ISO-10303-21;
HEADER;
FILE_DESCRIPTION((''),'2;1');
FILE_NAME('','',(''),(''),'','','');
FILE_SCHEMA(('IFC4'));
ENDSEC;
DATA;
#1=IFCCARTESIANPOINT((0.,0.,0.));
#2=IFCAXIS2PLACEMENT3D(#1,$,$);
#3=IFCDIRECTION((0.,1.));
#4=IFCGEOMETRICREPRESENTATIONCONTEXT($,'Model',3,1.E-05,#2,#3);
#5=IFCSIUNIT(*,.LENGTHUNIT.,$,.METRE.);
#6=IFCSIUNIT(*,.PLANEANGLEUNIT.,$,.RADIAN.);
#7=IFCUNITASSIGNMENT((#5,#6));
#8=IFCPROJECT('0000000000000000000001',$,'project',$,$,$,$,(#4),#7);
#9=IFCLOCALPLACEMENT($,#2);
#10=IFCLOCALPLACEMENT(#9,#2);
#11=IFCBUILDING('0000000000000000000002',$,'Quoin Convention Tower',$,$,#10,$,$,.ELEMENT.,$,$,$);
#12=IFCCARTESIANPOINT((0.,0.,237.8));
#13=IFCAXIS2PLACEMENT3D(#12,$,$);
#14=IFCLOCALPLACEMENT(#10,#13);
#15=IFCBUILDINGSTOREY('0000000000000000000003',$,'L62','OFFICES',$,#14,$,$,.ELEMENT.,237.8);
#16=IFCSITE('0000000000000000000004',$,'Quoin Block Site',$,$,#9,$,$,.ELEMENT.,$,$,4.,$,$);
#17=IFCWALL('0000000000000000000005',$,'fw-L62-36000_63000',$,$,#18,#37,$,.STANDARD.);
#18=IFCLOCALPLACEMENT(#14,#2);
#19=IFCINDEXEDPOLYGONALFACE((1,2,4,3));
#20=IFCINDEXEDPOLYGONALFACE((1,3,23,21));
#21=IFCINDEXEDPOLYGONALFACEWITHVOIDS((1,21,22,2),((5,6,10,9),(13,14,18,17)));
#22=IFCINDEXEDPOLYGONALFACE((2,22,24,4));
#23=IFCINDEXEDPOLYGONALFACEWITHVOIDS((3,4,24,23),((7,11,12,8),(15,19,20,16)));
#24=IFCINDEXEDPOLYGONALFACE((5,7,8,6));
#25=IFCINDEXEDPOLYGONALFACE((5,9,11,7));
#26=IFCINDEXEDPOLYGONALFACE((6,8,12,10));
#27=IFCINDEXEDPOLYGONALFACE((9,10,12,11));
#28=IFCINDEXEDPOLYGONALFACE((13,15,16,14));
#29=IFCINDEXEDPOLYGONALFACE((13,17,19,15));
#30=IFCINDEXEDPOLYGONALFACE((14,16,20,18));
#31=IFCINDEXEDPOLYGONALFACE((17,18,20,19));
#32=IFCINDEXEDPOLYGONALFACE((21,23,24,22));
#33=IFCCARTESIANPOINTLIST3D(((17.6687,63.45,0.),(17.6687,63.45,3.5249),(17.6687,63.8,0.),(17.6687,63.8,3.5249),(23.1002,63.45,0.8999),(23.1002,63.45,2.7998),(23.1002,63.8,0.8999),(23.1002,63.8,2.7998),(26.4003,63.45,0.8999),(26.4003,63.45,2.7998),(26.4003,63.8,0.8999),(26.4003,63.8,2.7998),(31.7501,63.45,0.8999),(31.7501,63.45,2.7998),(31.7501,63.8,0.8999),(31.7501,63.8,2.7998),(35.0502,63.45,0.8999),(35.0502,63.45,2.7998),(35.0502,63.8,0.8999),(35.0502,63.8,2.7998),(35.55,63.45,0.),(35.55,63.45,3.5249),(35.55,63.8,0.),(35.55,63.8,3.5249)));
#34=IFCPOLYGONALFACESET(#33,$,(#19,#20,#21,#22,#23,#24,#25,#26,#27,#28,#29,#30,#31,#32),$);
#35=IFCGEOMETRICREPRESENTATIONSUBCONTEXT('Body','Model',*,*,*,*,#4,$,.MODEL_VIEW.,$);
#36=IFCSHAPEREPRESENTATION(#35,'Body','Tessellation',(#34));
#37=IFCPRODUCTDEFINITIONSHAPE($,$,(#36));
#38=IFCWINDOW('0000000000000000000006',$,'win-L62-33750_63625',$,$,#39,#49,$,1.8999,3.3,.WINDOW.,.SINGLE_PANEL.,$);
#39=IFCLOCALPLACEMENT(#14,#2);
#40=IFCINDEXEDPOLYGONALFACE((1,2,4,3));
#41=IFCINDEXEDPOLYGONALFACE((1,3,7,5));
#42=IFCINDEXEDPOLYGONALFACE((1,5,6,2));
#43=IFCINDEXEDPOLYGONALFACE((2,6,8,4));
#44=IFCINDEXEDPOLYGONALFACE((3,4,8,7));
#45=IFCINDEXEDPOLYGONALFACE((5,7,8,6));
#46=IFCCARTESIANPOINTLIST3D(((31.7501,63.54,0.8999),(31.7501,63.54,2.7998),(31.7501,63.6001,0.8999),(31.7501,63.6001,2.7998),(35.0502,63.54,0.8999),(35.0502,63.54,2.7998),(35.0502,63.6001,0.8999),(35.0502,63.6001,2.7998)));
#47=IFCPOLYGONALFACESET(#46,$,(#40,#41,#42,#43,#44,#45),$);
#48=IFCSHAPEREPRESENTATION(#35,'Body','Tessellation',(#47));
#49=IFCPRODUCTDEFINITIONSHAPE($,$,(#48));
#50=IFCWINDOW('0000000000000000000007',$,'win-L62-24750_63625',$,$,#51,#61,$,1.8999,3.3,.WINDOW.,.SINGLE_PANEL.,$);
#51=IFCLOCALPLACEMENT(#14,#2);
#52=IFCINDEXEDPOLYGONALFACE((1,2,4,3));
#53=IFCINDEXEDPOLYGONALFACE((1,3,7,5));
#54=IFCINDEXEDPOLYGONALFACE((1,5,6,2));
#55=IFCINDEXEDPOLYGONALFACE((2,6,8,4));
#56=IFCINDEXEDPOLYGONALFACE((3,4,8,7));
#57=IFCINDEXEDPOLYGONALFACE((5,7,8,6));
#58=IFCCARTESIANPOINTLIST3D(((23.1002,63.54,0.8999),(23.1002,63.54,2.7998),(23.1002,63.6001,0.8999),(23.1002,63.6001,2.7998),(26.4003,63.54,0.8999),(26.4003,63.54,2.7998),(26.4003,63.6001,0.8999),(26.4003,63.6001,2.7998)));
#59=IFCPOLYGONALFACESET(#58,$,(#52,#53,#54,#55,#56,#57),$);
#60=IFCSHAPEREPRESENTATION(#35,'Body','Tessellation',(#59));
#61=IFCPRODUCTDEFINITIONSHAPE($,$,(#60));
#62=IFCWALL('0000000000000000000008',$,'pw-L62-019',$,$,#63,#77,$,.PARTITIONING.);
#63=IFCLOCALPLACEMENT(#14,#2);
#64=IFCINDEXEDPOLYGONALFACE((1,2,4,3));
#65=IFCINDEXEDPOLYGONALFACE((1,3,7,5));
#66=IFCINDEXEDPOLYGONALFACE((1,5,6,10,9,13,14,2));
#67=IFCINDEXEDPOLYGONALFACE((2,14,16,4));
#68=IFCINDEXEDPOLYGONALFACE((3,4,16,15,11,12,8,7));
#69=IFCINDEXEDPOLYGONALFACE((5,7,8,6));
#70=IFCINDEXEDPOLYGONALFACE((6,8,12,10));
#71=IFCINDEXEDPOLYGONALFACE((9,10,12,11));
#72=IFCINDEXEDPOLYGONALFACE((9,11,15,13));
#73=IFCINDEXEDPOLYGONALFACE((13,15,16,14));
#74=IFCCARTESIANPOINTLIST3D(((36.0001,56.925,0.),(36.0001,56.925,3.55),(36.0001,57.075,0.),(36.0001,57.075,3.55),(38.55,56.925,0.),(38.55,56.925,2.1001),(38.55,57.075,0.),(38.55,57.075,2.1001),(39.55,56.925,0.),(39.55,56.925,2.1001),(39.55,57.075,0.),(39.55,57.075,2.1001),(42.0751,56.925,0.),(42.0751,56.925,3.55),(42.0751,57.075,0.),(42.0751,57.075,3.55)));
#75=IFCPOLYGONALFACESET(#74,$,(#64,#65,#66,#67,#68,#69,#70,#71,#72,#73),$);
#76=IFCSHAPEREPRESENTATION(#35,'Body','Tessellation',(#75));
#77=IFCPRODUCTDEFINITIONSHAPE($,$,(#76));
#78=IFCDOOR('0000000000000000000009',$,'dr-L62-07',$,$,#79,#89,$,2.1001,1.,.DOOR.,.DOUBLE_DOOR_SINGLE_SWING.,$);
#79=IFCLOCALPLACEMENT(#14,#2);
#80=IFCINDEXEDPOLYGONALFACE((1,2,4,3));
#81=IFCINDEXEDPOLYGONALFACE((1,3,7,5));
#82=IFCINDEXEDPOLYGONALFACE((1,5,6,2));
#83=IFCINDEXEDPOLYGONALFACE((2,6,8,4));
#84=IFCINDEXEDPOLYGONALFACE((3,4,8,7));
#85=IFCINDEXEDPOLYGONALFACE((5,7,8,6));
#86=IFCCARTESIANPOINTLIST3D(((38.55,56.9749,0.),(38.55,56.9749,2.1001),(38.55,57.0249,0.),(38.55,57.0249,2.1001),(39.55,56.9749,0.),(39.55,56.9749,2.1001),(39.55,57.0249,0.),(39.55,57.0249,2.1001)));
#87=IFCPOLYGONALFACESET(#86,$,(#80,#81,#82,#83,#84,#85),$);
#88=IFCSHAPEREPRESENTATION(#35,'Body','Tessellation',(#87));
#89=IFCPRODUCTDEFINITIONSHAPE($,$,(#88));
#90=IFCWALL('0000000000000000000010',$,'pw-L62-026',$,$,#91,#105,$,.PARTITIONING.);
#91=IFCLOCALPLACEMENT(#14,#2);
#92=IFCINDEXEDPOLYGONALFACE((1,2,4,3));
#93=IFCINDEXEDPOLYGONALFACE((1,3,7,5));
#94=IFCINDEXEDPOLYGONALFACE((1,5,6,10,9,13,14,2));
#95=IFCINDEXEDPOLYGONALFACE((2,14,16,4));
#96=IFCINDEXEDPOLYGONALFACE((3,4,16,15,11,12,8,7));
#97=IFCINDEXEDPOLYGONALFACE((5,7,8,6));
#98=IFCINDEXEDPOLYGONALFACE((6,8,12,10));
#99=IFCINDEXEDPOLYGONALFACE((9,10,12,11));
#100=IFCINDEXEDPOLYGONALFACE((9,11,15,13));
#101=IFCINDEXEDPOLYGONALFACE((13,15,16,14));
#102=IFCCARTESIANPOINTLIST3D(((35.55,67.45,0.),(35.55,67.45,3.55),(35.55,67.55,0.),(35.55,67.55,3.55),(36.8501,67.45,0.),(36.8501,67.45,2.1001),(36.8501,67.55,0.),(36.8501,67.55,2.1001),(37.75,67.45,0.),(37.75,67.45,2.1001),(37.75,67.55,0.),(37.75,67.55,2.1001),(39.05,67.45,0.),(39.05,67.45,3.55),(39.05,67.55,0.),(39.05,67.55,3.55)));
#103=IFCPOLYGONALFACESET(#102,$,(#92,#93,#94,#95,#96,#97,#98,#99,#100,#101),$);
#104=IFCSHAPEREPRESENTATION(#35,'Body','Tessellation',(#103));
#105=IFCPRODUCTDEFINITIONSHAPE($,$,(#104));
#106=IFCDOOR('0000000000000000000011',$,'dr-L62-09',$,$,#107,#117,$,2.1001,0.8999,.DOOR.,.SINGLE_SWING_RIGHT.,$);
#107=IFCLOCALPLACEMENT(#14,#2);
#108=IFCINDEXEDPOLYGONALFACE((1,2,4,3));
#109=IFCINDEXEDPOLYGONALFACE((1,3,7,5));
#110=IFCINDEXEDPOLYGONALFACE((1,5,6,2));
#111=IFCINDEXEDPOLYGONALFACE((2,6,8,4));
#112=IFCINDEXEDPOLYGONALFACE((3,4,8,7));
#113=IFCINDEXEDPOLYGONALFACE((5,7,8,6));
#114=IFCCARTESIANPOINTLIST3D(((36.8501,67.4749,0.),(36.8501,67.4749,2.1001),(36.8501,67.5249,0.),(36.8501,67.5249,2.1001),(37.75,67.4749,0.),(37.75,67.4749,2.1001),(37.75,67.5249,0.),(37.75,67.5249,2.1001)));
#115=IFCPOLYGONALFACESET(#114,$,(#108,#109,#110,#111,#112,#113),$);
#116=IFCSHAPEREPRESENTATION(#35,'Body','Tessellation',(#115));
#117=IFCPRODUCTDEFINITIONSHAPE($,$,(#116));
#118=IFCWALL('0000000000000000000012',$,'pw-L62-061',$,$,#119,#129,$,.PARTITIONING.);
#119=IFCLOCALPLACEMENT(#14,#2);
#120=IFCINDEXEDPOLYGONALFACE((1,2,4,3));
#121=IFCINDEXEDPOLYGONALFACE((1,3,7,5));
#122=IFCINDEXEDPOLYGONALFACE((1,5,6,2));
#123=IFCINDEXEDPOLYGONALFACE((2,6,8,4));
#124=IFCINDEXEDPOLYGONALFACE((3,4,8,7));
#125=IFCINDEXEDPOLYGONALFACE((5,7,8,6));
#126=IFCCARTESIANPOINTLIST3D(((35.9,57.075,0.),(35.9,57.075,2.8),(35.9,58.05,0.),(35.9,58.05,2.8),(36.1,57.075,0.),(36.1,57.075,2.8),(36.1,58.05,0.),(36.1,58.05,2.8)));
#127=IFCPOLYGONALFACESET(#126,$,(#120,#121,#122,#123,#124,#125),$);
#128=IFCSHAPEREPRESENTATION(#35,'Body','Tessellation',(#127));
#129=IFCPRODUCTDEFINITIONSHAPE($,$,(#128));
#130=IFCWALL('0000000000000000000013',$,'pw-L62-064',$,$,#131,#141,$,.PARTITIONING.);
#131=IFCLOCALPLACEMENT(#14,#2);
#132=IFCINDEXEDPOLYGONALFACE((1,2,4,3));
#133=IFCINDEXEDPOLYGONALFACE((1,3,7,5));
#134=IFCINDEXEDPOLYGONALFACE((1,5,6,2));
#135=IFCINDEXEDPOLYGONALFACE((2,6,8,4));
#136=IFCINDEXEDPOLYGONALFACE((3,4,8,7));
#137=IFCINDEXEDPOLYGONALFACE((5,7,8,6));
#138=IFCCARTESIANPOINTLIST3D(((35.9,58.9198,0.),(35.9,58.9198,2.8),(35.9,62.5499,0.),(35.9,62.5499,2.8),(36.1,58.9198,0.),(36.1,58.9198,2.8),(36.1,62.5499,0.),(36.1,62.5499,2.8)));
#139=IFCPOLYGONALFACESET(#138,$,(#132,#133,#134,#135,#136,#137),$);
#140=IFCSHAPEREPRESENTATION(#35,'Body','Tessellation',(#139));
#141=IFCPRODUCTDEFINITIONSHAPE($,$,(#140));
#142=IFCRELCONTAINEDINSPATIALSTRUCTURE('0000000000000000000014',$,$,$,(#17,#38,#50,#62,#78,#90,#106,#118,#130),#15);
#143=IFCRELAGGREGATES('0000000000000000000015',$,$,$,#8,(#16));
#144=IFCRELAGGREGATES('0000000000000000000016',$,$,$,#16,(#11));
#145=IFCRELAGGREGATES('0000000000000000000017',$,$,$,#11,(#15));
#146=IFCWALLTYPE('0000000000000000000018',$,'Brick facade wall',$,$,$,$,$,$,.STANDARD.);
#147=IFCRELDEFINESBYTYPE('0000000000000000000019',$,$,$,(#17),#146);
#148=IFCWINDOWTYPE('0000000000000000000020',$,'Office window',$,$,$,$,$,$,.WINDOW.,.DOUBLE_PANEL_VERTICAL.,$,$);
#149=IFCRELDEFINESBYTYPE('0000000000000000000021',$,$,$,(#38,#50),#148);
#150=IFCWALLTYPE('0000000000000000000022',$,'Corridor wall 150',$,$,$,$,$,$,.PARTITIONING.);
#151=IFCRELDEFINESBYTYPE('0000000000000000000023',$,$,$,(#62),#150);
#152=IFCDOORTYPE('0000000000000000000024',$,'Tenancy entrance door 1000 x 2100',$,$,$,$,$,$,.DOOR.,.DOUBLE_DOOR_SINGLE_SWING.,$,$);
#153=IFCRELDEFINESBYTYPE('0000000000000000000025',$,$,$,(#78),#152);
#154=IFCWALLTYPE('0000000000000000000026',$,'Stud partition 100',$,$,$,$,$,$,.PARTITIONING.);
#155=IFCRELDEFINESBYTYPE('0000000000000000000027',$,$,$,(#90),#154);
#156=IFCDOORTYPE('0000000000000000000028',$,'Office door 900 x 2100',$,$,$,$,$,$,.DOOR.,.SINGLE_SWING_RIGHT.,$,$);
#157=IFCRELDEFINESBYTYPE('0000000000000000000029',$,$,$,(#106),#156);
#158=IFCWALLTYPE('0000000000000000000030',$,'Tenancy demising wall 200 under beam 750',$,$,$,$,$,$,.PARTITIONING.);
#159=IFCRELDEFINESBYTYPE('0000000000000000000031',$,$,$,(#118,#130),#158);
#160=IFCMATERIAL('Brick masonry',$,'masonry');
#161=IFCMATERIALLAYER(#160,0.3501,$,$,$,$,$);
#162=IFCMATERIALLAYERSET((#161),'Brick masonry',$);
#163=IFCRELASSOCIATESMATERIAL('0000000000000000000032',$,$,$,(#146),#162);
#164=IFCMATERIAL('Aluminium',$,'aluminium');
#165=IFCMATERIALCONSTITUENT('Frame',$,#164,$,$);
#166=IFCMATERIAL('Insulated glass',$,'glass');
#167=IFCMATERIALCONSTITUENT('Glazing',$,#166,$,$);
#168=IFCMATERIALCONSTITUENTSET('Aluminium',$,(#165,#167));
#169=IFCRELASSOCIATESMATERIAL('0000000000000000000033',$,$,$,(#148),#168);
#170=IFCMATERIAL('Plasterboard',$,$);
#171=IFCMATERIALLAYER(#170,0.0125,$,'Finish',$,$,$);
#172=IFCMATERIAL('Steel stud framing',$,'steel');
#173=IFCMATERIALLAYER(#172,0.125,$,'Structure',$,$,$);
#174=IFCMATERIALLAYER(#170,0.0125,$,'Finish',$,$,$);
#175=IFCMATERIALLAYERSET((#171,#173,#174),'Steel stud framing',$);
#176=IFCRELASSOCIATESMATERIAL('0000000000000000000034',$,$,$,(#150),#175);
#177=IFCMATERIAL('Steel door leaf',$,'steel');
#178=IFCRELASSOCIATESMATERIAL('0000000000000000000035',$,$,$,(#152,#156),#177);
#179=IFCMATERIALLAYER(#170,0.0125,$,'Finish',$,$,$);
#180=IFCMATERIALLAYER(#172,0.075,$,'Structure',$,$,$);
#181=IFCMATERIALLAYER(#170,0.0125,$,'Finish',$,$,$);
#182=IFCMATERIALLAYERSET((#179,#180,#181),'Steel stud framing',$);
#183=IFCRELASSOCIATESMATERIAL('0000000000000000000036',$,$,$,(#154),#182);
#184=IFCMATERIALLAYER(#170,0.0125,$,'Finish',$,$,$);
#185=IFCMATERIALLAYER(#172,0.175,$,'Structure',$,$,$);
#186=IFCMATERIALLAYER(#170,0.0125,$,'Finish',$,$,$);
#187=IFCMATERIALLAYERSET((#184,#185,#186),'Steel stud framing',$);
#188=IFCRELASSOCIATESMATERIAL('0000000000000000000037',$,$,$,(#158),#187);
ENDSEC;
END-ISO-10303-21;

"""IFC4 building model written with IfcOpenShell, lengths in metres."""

from ifc_helpers import new_model, si_unit, direction, frame, frame_2d, origin, place, context, subcontext, project, spatial, rectangle, extrude, material, layer, layer_set, constituent, constituent_set, type_object, element, fill, save


model = new_model("IFC4")

# Units and contexts
model_context = context("Model", 3, precision=1e-05, world=origin(), true_north=direction((0.0, 1.0)))
body_context = subcontext(model_context, "Body", "Model", "MODEL_VIEW")
ifc_project = project(units=[si_unit("LENGTHUNIT", "METRE"), si_unit("PLANEANGLEUNIT", "RADIAN")], contexts=[model_context])

# Site, building, storey
site_placement = place(None, origin())
site = spatial("IfcSite", under=ifc_project, at=site_placement, Name="Quoin Block Site", CompositionType="ELEMENT", RefElevation=4.0)
building_placement = place(site_placement, origin())
building = spatial("IfcBuilding", under=site, at=building_placement, Name="Quoin Convention Tower", CompositionType="ELEMENT")
storey_placement = place(building_placement, frame((0.0, 0.0, 237.8)))
storey = spatial("IfcBuildingStorey", under=building, at=storey_placement, Name="L62", Description="OFFICES", CompositionType="ELEMENT", Elevation=237.8)

# Shared definitions
ifc_material_1 = material(Name="Brick masonry", Category="masonry")
ifc_layer_1 = layer(ifc_material_1, 0.3501)
ifc_layer_set_1 = layer_set([ifc_layer_1], Name="Brick masonry")
wall_type_1 = type_object("IfcWallType", Name="Brick facade wall", PredefinedType="STANDARD", material=ifc_layer_set_1)
ifc_material_2 = material(Name="Aluminium", Category="aluminium")
ifc_constituent_1 = constituent(ifc_material_2, Name="Frame")
ifc_material_3 = material(Name="Insulated glass", Category="glass")
ifc_constituent_2 = constituent(ifc_material_3, Name="Glazing")
ifc_constituent_set = constituent_set(constituents=[ifc_constituent_1, ifc_constituent_2], Name="Aluminium")
window_type = type_object("IfcWindowType", Name="Office window", PartitioningType="DOUBLE_PANEL_VERTICAL", PredefinedType="WINDOW", material=ifc_constituent_set)

# Wall, openings, windows
wall_1_placement = place(storey_placement, frame((35.55, 63.625, 0.0), z_axis=(0.0, 0.0, 1.0), x_axis=(-1.0, 0.0, 0.0)))
wall_1 = element("IfcWall", 1, at=wall_1_placement, inside=storey, type_object=wall_type_1, Name="fw-L62-36000_63000", PredefinedType="STANDARD", context=body_context, shape_type="SweptSolid", body=[
    extrude(rectangle(XDim=17.8813, YDim=0.3501, at=frame_2d((8.9407, 0.0))), origin(), (0.0, 0.0, 1.0), 3.5249),
])
opening_1_placement = place(wall_1_placement, frame((0.5, 0.0, 0.8999)))
opening_1 = element("IfcOpeningElement", 2, at=opening_1_placement, cuts=wall_1, PredefinedType="OPENING", context=body_context, shape_type="SweptSolid", body=[
    extrude(rectangle(XDim=3.3, YDim=1.8999, at=frame_2d((1.6499, 0.95))), frame((0.0, 0.1851, 0.0), z_axis=(0.0, -1.0, 0.0), x_axis=(1.0, 0.0, 0.0)), (0.0, 0.0, 1.0), 0.3701),
])
opening_2_placement = place(wall_1_placement, frame((9.1499, 0.0, 0.8999)))
opening_2 = element("IfcOpeningElement", 3, at=opening_2_placement, cuts=wall_1, PredefinedType="OPENING", context=body_context, shape_type="SweptSolid", body=[
    extrude(rectangle(XDim=3.3, YDim=1.8999, at=frame_2d((1.6499, 0.95))), frame((0.0, 0.1851, 0.0), z_axis=(0.0, -1.0, 0.0), x_axis=(1.0, 0.0, 0.0)), (0.0, 0.0, 1.0), 0.3701),
])
window_1_placement = place(opening_1_placement, origin())
window_1 = element("IfcWindow", 4, at=window_1_placement, inside=storey, type_object=window_type, Name="win-L62-33750_63625", OverallHeight=1.8999, OverallWidth=3.3, PartitioningType="SINGLE_PANEL", PredefinedType="WINDOW", context=body_context, shape_type="SweptSolid", body=[
    extrude(rectangle(XDim=3.3, YDim=1.8999, at=frame_2d((1.6499, 0.95))), frame((0.0, 0.085, 0.0), z_axis=(0.0, -1.0, 0.0), x_axis=(1.0, 0.0, 0.0)), (0.0, 0.0, 1.0), 0.0601),
])
fill(opening_1, window_1)
window_2_placement = place(opening_2_placement, origin())
window_2 = element("IfcWindow", 5, at=window_2_placement, inside=storey, type_object=window_type, Name="win-L62-24750_63625", OverallHeight=1.8999, OverallWidth=3.3, PartitioningType="SINGLE_PANEL", PredefinedType="WINDOW", context=body_context, shape_type="SweptSolid", body=[
    extrude(rectangle(XDim=3.3, YDim=1.8999, at=frame_2d((1.6499, 0.95))), frame((0.0, 0.085, 0.0), z_axis=(0.0, -1.0, 0.0), x_axis=(1.0, 0.0, 0.0)), (0.0, 0.0, 1.0), 0.0601),
])
fill(opening_2, window_2)

# Walls, openings, doors
ifc_material_4 = material(Name="Plasterboard")
ifc_layer_2 = layer(ifc_material_4, 0.0125, Name="Finish")
ifc_material_5 = material(Name="Steel stud framing", Category="steel")
ifc_layer_3 = layer(ifc_material_5, 0.125, Name="Structure")
ifc_layer_4 = layer(ifc_material_4, 0.0125, Name="Finish")
ifc_layer_set_2 = layer_set([ifc_layer_2, ifc_layer_3, ifc_layer_4], Name="Steel stud framing")
wall_type_2 = type_object("IfcWallType", Name="Corridor wall 150", PredefinedType="PARTITIONING", material=ifc_layer_set_2)
wall_2_placement = place(storey_placement, frame((36.0, 57.0, 0.0), z_axis=(0.0, 0.0, 1.0), x_axis=(1.0, 0.0, 0.0)))
wall_2 = element("IfcWall", 6, at=wall_2_placement, inside=storey, type_object=wall_type_2, Name="pw-L62-019", PredefinedType="PARTITIONING", context=body_context, shape_type="SweptSolid", body=[
    extrude(rectangle(XDim=6.075, YDim=0.1499, at=frame_2d((3.0376, 0.0))), origin(), (0.0, 0.0, 1.0), 3.55),
])
opening_3_placement = place(wall_2_placement, frame((2.55, 0.0, 0.0)))
opening_3 = element("IfcOpeningElement", 7, at=opening_3_placement, cuts=wall_2, PredefinedType="OPENING", context=body_context, shape_type="SweptSolid", body=[
    extrude(rectangle(XDim=1.0, YDim=2.1001, at=frame_2d((0.5, 1.05))), frame((0.0, 0.085, 0.0), z_axis=(0.0, -1.0, 0.0), x_axis=(1.0, 0.0, 0.0)), (0.0, 0.0, 1.0), 0.1699),
])
ifc_material_6 = material(Name="Steel door leaf", Category="steel")
door_type_1 = type_object("IfcDoorType", Name="Tenancy entrance door 1000 x 2100", OperationType="DOUBLE_DOOR_SINGLE_SWING", PredefinedType="DOOR", material=ifc_material_6)
door_1_placement = place(opening_3_placement, origin())
door_1 = element("IfcDoor", 8, at=door_1_placement, inside=storey, type_object=door_type_1, Name="dr-L62-07", OperationType="DOUBLE_DOOR_SINGLE_SWING", OverallHeight=2.1001, OverallWidth=1.0, PredefinedType="DOOR", context=body_context, shape_type="SweptSolid", body=[
    extrude(rectangle(XDim=1.0, YDim=2.1001, at=frame_2d((0.5, 1.05))), frame((0.0, 0.0249, 0.0), z_axis=(0.0, -1.0, 0.0), x_axis=(1.0, 0.0, 0.0)), (0.0, 0.0, 1.0), 0.05),
])
fill(opening_3, door_1)
ifc_layer_5 = layer(ifc_material_4, 0.0125, Name="Finish")
ifc_layer_6 = layer(ifc_material_5, 0.075, Name="Structure")
ifc_layer_7 = layer(ifc_material_4, 0.0125, Name="Finish")
ifc_layer_set_3 = layer_set([ifc_layer_5, ifc_layer_6, ifc_layer_7], Name="Steel stud framing")
wall_type_3 = type_object("IfcWallType", Name="Stud partition 100", PredefinedType="PARTITIONING", material=ifc_layer_set_3)
wall_3_placement = place(storey_placement, frame((35.55, 67.5, 0.0), z_axis=(0.0, 0.0, 1.0), x_axis=(1.0, 0.0, 0.0)))
wall_3 = element("IfcWall", 9, at=wall_3_placement, inside=storey, type_object=wall_type_3, Name="pw-L62-026", PredefinedType="PARTITIONING", context=body_context, shape_type="SweptSolid", body=[
    extrude(rectangle(XDim=3.5, YDim=0.1001, at=frame_2d((1.75, 0.0))), origin(), (0.0, 0.0, 1.0), 3.55),
])
opening_4_placement = place(wall_3_placement, frame((1.3, 0.0, 0.0)))
opening_4 = element("IfcOpeningElement", 10, at=opening_4_placement, cuts=wall_3, PredefinedType="OPENING", context=body_context, shape_type="SweptSolid", body=[
    extrude(rectangle(XDim=0.8999, YDim=2.1001, at=frame_2d((0.45, 1.05))), frame((0.0, 0.0601, 0.0), z_axis=(0.0, -1.0, 0.0), x_axis=(1.0, 0.0, 0.0)), (0.0, 0.0, 1.0), 0.1201),
])
door_type_2 = type_object("IfcDoorType", Name="Office door 900 x 2100", OperationType="SINGLE_SWING_RIGHT", PredefinedType="DOOR", material=ifc_material_6)
door_2_placement = place(opening_4_placement, origin())
door_2 = element("IfcDoor", 11, at=door_2_placement, inside=storey, type_object=door_type_2, Name="dr-L62-09", OperationType="SINGLE_SWING_RIGHT", OverallHeight=2.1001, OverallWidth=0.8999, PredefinedType="DOOR", context=body_context, shape_type="SweptSolid", body=[
    extrude(rectangle(XDim=0.8999, YDim=2.1001, at=frame_2d((0.45, 1.05))), frame((0.0, 0.0249, 0.0), z_axis=(0.0, -1.0, 0.0), x_axis=(1.0, 0.0, 0.0)), (0.0, 0.0, 1.0), 0.05),
])
fill(opening_4, door_2)

# Walls
ifc_layer_8 = layer(ifc_material_4, 0.0125, Name="Finish")
ifc_layer_9 = layer(ifc_material_5, 0.175, Name="Structure")
ifc_layer_10 = layer(ifc_material_4, 0.0125, Name="Finish")
ifc_layer_set_4 = layer_set([ifc_layer_8, ifc_layer_9, ifc_layer_10], Name="Steel stud framing")
wall_type_4 = type_object("IfcWallType", Name="Tenancy demising wall 200 under beam 750", PredefinedType="PARTITIONING", material=ifc_layer_set_4)
wall_4_placement = place(storey_placement, frame((36.0, 57.075, 0.0), z_axis=(0.0, 0.0, 1.0), x_axis=(0.0, 1.0, 0.0)))
element("IfcWall", 12, at=wall_4_placement, inside=storey, type_object=wall_type_4, Name="pw-L62-061", PredefinedType="PARTITIONING", context=body_context, shape_type="SweptSolid", body=[
    extrude(rectangle(XDim=0.9751, YDim=0.2, at=frame_2d((0.4875, 0.0))), origin(), (0.0, 0.0, 1.0), 2.8),
])
wall_5_placement = place(storey_placement, frame((36.0, 58.9199, 0.0), z_axis=(0.0, 0.0, 1.0), x_axis=(0.0, 1.0, 0.0)))
element("IfcWall", 13, at=wall_5_placement, inside=storey, type_object=wall_type_4, Name="pw-L62-064", PredefinedType="PARTITIONING", context=body_context, shape_type="SweptSolid", body=[
    extrude(rectangle(XDim=3.6301, YDim=0.2, at=frame_2d((1.8149, 0.0))), origin(), (0.0, 0.0, 1.0), 2.8),
])

save(model, "model.ifc")
